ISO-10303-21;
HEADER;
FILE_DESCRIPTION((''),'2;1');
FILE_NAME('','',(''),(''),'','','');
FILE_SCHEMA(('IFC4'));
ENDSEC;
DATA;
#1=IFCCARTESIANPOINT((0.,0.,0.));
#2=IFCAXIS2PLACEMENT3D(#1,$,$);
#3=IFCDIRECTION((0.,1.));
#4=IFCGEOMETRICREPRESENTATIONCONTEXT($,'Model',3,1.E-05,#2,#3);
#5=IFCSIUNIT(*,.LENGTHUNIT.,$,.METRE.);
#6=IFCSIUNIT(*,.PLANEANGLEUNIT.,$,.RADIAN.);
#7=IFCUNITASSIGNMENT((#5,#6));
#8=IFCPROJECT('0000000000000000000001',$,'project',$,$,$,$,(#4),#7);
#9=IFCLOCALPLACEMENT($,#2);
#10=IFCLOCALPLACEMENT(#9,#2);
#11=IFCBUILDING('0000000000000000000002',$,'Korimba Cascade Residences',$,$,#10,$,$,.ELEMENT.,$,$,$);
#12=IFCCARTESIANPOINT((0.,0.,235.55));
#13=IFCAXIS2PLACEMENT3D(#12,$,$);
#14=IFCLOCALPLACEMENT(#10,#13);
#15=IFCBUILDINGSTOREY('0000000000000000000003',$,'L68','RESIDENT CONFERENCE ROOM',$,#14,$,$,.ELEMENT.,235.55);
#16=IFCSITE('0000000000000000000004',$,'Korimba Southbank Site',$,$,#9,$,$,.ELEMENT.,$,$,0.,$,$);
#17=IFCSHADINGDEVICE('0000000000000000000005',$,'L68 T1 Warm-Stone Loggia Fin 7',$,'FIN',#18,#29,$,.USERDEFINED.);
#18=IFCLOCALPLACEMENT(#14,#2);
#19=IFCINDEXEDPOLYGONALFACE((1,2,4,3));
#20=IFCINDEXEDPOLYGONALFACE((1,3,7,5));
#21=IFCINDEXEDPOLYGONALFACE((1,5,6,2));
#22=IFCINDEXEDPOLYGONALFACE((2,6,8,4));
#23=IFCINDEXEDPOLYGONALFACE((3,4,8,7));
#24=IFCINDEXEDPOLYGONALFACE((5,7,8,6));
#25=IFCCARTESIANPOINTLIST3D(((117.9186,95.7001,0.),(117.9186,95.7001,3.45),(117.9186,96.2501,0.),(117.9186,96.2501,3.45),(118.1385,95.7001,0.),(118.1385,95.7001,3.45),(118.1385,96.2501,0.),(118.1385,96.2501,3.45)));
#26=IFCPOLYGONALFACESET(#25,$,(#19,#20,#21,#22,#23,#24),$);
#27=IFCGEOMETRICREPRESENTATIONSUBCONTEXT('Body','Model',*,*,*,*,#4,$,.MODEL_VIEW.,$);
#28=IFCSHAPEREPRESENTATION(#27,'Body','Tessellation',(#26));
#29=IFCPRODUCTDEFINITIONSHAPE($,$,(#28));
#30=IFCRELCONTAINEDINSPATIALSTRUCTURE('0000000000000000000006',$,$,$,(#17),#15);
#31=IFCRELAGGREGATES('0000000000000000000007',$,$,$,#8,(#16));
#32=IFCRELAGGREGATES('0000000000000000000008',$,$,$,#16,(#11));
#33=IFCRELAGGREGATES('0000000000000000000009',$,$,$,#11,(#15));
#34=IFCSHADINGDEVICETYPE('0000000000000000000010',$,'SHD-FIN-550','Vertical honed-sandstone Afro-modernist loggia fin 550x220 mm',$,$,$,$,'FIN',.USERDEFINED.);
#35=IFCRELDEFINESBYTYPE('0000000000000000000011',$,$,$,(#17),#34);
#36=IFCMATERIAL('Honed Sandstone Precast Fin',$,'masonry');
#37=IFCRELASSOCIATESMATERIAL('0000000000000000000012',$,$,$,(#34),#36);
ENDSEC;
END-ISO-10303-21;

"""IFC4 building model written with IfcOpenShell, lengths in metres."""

from ifc_helpers import new_model, si_unit, direction, frame, origin, origin_2d, place, context, subcontext, project, spatial, rectangle, extrude, material, type_object, element, save


model = new_model("IFC4")

# Units and contexts
model_context = context("Model", 3, precision=1e-05, world=origin(), true_north=direction((0.0, 1.0)))
body_context = subcontext(model_context, "Body", "Model", "MODEL_VIEW")
ifc_project = project(units=[si_unit("LENGTHUNIT", "METRE"), si_unit("PLANEANGLEUNIT", "RADIAN")], contexts=[model_context])

# Site, building, storey
site_placement = place(None, origin())
site = spatial("IfcSite", under=ifc_project, at=site_placement, Name="Korimba Southbank Site", CompositionType="ELEMENT", RefElevation=0.0)
building_placement = place(site_placement, origin())
building = spatial("IfcBuilding", under=site, at=building_placement, Name="Korimba Cascade Residences", CompositionType="ELEMENT")
storey_placement = place(building_placement, frame((0.0, 0.0, 235.55)))
storey = spatial("IfcBuildingStorey", under=building, at=storey_placement, Name="L68", Description="RESIDENT CONFERENCE ROOM", CompositionType="ELEMENT", Elevation=235.55)

# Shading device
ifc_material_1 = material(Name="Honed Sandstone Precast Fin", Category="masonry")
shading_device_type = type_object("IfcShadingDeviceType", Name="SHD-FIN-550", Description="Vertical honed-sandstone Afro-modernist loggia fin 550x220 mm", ElementType="FIN", PredefinedType="USERDEFINED", material=ifc_material_1)
shading_device_placement = place(storey_placement, frame((118.0286, 95.9751, 0.0), z_axis=(0.0, 0.0, 1.0), x_axis=(1.0, 0.0, 0.0)))
element("IfcShadingDevice", 1, at=shading_device_placement, inside=storey, type_object=shading_device_type, Name="L68 T1 Warm-Stone Loggia Fin 7", ObjectType="FIN", PredefinedType="USERDEFINED", context=body_context, shape_type="SweptSolid", body=[
    extrude(rectangle(XDim=0.22, YDim=0.55, at=origin_2d()), origin(), (0.0, 0.0, 1.0), 3.45),
])

save(model, "model.ifc")
